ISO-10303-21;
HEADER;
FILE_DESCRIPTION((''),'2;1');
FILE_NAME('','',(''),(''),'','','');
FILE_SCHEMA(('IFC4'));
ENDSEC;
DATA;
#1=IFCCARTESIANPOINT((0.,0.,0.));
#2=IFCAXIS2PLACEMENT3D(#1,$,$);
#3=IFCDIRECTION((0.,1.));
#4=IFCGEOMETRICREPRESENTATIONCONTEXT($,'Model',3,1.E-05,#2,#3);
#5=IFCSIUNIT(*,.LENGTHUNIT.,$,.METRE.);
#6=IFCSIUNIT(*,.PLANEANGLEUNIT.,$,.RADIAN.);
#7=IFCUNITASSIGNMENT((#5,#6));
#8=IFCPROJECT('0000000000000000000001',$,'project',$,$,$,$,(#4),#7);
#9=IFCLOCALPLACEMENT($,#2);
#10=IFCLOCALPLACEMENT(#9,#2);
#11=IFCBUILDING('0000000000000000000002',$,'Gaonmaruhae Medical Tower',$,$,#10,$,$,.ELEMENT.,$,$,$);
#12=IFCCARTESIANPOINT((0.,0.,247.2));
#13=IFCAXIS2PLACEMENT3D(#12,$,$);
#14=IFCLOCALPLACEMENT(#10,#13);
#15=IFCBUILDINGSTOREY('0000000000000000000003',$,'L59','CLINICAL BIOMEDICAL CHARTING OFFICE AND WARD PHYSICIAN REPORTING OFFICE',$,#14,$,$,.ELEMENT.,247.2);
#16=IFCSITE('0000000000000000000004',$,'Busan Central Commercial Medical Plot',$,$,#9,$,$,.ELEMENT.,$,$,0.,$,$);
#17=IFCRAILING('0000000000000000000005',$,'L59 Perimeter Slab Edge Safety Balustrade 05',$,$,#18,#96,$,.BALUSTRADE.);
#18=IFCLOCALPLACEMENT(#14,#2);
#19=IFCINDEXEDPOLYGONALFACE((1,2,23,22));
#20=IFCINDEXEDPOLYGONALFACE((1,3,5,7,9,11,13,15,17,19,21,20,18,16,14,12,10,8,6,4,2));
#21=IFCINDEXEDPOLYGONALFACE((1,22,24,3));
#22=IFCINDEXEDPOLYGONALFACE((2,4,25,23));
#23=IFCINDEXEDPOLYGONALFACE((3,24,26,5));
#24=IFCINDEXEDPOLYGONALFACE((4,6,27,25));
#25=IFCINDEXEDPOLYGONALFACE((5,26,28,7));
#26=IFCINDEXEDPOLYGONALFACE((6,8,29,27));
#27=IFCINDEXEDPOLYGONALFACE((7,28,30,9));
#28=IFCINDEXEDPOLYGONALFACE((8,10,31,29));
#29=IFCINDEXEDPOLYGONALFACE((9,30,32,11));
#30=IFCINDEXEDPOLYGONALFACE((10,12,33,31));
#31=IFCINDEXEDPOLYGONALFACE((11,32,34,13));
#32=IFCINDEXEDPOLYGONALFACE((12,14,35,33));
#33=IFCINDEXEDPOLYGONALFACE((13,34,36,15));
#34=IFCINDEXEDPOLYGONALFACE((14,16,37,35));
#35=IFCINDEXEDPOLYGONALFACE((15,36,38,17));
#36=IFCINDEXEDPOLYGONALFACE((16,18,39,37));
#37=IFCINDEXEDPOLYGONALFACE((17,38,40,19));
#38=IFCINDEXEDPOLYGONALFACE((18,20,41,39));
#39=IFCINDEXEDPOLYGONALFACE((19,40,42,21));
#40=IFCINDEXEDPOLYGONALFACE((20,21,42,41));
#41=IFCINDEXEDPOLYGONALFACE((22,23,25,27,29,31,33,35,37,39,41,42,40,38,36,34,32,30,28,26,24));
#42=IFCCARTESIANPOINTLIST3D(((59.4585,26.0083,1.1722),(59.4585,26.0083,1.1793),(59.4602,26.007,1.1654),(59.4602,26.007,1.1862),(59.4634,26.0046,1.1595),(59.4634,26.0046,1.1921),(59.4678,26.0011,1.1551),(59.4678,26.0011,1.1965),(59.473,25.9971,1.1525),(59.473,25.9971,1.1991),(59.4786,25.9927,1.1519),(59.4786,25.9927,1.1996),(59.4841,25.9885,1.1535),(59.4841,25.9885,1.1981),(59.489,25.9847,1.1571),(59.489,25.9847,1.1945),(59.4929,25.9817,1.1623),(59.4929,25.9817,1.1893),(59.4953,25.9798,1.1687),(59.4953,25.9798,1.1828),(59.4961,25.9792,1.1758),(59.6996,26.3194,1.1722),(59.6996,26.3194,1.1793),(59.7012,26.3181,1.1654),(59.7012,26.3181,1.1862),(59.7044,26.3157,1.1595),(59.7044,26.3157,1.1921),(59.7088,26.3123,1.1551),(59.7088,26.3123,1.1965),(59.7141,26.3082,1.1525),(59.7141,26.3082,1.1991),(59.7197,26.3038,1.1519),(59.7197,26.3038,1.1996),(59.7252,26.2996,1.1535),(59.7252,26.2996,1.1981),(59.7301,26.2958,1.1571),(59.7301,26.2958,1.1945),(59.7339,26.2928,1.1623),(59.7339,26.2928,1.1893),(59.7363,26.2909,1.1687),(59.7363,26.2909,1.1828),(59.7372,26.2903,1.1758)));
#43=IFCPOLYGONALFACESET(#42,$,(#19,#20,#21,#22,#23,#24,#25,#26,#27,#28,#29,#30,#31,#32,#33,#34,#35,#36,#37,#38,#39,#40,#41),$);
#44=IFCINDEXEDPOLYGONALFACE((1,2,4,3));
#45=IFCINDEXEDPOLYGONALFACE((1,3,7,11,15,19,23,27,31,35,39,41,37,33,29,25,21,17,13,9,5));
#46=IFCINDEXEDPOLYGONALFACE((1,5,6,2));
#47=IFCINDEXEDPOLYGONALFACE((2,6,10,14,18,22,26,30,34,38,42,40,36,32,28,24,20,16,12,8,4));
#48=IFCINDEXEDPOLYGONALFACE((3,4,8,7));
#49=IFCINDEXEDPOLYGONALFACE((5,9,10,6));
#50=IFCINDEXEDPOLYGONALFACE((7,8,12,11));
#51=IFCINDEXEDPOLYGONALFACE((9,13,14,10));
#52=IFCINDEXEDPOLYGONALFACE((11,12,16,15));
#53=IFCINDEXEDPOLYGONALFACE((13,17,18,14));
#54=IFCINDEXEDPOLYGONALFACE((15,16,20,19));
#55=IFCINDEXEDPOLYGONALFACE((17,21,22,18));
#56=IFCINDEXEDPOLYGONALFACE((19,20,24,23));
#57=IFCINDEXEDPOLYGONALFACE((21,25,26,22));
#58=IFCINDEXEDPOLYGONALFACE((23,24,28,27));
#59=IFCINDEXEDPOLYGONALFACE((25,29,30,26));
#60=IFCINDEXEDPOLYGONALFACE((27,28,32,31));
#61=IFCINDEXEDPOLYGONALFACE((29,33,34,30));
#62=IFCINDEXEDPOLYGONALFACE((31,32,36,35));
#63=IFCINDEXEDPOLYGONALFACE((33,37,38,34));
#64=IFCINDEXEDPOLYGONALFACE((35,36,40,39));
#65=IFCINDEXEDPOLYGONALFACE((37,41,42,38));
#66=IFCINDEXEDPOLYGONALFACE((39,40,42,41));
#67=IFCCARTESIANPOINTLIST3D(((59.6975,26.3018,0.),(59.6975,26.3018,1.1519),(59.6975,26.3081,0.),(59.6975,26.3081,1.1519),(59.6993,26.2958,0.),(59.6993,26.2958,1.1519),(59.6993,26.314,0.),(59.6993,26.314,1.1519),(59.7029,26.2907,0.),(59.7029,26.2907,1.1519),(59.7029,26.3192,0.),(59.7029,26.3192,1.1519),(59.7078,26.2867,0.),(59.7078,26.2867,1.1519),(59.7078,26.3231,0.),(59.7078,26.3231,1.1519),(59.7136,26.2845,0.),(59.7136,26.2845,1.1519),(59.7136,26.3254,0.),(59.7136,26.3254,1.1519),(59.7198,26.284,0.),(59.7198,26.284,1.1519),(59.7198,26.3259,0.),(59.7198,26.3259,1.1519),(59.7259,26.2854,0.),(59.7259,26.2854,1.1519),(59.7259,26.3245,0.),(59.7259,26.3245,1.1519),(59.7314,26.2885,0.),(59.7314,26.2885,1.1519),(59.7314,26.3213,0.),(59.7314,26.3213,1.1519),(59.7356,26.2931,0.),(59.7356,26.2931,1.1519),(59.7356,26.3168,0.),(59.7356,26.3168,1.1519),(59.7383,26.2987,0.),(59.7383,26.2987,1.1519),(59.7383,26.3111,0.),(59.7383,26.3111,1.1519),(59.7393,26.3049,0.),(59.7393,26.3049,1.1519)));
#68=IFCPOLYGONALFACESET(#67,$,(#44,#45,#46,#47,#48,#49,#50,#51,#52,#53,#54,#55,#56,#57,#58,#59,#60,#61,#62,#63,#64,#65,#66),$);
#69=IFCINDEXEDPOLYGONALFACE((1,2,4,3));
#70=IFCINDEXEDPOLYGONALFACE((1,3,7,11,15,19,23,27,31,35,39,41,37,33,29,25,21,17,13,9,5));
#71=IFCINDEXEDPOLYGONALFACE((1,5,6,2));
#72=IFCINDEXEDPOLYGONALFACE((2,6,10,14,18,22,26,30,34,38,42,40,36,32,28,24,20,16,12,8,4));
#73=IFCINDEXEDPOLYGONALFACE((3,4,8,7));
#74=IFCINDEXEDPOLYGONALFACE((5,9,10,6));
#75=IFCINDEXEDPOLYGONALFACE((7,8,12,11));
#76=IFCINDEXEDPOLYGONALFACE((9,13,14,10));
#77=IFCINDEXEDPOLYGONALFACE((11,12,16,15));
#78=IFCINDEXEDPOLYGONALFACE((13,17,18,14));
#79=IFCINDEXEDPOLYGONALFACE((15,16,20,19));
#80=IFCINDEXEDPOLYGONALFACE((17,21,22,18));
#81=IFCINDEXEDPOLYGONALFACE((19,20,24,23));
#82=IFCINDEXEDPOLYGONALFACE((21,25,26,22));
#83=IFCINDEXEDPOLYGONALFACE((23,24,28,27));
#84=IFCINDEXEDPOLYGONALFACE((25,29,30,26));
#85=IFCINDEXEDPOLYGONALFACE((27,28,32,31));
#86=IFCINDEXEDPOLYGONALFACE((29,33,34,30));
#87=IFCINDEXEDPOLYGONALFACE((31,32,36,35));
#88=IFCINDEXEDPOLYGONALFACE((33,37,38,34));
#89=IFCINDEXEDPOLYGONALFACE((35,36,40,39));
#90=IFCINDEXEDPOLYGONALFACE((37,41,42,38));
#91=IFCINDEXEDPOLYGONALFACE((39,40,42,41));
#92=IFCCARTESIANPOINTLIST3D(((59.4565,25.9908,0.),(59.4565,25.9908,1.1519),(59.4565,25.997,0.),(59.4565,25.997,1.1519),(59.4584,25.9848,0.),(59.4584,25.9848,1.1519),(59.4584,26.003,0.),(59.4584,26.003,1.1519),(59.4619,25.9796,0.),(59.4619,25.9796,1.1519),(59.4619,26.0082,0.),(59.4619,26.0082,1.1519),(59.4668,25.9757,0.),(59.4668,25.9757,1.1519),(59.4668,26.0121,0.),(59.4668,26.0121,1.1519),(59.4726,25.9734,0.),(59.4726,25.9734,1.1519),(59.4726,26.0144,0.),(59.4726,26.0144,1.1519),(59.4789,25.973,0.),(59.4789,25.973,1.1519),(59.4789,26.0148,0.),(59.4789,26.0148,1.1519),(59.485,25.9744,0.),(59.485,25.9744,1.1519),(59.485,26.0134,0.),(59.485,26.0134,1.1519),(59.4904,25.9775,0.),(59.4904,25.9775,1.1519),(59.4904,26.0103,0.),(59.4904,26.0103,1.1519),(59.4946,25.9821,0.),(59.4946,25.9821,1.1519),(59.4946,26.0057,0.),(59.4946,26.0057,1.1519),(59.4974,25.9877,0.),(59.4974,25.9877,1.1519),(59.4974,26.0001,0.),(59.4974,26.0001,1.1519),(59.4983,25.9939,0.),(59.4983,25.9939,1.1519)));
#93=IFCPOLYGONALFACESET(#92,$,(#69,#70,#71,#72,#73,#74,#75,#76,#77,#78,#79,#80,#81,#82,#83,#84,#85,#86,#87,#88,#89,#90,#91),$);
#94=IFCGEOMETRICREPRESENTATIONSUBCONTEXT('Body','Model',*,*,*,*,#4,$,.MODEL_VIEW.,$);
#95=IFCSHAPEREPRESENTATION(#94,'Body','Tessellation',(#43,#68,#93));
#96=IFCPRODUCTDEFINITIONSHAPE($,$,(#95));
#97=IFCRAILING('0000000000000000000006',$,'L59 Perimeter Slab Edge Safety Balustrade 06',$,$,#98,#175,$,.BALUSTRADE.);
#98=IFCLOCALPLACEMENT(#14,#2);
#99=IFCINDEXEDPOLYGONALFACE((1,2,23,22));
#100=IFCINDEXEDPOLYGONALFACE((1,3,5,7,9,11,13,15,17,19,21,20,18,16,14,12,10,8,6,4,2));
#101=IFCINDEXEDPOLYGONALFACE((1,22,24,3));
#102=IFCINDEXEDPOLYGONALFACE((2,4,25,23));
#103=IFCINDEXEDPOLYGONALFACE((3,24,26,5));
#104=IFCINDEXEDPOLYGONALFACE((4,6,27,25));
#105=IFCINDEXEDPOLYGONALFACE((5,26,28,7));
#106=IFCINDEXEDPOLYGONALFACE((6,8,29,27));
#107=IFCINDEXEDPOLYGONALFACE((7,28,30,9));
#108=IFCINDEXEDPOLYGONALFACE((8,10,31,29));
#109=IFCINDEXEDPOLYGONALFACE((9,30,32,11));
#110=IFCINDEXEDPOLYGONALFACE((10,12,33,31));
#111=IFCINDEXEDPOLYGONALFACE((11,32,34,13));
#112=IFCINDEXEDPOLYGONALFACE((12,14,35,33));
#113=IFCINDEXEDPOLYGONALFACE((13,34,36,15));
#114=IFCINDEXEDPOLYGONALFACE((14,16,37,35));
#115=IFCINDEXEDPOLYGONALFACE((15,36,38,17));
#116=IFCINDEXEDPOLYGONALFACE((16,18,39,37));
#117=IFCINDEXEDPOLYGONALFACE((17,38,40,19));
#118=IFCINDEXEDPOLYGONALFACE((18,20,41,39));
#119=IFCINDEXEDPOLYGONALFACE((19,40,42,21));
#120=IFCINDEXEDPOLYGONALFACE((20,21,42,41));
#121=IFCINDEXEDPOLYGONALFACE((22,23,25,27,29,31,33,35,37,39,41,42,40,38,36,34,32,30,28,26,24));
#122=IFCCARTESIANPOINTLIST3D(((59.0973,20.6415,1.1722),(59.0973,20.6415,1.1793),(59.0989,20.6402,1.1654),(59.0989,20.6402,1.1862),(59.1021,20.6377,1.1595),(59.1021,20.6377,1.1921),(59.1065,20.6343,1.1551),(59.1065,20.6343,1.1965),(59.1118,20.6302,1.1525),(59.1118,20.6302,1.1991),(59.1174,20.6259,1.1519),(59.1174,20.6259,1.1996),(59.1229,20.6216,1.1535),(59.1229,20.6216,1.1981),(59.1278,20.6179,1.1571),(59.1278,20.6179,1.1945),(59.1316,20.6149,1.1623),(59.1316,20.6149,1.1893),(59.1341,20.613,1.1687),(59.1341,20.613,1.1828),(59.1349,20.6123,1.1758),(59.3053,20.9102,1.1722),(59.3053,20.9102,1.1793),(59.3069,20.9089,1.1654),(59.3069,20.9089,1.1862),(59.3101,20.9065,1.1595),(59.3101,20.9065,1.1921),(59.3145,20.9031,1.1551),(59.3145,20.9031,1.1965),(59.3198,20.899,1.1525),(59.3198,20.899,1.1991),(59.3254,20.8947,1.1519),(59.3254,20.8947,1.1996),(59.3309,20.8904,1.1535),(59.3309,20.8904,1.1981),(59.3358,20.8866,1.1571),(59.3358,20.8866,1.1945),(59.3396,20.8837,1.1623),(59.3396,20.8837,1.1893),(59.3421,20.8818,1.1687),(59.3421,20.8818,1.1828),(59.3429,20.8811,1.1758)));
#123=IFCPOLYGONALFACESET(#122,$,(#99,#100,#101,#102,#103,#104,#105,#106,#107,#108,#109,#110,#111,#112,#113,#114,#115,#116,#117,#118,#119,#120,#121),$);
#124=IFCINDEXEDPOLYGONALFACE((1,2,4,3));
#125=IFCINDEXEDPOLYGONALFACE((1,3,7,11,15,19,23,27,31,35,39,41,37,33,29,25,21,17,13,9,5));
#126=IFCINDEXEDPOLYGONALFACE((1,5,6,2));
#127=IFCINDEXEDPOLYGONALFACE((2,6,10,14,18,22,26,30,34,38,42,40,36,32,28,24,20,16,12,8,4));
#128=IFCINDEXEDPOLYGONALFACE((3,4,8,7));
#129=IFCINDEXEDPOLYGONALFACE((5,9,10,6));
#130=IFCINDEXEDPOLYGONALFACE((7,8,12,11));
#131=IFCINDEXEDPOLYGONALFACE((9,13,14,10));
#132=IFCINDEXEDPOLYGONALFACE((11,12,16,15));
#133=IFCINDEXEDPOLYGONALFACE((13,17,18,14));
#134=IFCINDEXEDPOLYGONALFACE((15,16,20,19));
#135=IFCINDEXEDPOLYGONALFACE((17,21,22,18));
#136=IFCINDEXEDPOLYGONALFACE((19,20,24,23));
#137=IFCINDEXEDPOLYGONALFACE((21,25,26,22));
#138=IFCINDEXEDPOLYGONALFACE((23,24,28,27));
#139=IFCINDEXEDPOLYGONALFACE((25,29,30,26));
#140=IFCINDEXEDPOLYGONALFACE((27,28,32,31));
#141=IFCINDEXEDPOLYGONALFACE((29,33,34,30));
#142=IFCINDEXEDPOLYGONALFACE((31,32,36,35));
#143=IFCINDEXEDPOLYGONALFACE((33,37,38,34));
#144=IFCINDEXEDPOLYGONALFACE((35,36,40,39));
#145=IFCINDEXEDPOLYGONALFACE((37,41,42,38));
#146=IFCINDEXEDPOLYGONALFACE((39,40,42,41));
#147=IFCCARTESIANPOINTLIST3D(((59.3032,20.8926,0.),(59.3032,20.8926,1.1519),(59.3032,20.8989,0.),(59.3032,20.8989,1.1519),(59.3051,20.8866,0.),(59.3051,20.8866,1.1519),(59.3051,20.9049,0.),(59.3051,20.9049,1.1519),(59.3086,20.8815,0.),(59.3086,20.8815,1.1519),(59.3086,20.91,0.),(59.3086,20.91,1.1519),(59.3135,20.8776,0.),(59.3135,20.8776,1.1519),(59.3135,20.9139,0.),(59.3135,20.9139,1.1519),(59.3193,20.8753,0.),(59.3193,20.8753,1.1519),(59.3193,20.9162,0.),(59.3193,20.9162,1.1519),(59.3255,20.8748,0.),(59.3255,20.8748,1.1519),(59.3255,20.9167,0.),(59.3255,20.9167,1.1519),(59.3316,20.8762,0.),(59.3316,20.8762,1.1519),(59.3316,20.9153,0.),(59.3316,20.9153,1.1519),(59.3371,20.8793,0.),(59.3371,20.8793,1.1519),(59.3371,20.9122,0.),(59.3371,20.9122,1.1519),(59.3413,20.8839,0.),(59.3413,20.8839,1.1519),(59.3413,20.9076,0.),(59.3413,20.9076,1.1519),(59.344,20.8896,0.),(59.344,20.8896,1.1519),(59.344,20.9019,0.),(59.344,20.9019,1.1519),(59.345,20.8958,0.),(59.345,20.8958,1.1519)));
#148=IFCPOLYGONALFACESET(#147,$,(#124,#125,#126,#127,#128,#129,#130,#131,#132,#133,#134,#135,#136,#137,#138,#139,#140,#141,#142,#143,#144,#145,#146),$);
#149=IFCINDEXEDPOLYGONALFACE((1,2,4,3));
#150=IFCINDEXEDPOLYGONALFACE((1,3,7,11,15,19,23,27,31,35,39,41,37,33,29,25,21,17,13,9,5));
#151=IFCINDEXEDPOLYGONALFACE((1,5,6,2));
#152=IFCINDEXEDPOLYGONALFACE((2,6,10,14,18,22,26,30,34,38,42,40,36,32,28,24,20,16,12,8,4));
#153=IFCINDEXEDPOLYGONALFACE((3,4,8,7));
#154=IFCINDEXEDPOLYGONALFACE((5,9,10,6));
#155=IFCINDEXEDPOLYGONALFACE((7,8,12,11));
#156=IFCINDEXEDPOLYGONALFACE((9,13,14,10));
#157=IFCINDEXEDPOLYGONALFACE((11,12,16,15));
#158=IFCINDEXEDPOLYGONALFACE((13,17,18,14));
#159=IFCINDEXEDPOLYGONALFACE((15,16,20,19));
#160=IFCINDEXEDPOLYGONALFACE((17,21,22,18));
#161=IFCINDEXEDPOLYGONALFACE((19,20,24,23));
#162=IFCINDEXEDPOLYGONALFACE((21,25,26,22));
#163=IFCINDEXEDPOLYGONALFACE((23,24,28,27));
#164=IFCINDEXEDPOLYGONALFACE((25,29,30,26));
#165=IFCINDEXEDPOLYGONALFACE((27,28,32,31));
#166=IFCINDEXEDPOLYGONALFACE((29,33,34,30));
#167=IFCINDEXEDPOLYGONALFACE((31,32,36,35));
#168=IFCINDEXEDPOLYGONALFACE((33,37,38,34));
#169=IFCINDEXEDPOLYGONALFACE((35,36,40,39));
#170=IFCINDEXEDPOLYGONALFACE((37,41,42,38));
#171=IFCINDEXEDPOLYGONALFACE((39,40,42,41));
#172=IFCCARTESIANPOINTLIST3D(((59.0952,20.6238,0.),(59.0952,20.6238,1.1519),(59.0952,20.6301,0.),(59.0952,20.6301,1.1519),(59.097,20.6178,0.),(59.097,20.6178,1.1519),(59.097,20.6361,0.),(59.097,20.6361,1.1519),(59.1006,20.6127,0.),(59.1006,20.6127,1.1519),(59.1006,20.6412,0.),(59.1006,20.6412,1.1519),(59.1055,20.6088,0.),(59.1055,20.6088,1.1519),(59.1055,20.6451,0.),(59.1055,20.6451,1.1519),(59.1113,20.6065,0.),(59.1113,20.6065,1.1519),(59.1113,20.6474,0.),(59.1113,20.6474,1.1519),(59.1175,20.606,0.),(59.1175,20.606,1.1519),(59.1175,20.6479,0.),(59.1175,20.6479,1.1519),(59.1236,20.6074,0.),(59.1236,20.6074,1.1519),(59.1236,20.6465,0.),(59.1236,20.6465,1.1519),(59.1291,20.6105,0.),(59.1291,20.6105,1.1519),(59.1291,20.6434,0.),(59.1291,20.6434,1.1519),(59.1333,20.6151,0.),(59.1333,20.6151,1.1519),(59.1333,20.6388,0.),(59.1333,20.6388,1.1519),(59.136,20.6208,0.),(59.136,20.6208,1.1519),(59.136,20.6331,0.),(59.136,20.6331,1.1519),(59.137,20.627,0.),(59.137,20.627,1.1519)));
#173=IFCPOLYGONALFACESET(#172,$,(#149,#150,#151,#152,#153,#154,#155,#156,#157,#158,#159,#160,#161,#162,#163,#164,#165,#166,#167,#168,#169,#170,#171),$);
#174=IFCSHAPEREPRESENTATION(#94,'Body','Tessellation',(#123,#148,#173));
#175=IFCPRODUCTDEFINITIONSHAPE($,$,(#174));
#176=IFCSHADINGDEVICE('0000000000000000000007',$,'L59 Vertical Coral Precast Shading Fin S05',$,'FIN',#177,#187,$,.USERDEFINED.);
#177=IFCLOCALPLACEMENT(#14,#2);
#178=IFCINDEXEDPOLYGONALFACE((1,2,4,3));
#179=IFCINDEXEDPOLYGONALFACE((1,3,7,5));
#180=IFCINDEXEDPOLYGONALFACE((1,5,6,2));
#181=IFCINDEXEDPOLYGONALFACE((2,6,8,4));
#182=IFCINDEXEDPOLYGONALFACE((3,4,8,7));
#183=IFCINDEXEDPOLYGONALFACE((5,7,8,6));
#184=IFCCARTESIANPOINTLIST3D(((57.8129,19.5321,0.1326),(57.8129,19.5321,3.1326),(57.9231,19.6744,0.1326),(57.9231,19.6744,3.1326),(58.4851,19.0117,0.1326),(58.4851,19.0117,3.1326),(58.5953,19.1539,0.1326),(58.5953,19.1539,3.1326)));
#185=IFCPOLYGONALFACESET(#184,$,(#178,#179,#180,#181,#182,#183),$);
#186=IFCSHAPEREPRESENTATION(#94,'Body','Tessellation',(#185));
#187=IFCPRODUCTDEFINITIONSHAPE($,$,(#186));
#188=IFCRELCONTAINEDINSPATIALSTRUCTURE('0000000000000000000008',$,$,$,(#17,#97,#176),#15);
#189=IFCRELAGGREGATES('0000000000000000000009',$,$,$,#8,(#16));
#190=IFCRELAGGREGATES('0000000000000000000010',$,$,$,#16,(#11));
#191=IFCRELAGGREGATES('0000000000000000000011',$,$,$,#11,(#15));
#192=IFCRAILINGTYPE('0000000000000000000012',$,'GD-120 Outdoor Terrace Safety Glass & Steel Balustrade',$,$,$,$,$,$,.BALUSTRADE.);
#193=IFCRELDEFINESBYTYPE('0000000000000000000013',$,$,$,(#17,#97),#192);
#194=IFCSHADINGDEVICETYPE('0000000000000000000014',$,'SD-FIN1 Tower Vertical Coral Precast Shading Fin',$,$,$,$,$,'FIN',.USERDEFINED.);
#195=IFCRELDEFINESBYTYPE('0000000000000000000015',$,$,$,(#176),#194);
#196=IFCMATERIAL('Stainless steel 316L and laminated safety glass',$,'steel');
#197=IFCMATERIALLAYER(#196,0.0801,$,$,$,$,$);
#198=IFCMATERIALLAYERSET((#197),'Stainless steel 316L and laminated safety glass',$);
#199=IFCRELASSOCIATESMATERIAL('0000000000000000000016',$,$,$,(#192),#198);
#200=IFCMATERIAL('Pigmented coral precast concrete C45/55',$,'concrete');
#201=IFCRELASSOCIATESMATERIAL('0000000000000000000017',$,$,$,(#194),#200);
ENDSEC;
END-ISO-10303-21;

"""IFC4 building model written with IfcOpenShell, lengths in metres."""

from ifc_helpers import new_model, si_unit, direction, frame, origin, origin_2d, place, context, subcontext, project, spatial, rectangle, circle, extrude, material, layer, layer_set, type_object, element, save


model = new_model("IFC4")

# Units and contexts
model_context = context("Model", 3, precision=1e-05, world=origin(), true_north=direction((0.0, 1.0)))
body_context = subcontext(model_context, "Body", "Model", "MODEL_VIEW")
ifc_project = project(units=[si_unit("LENGTHUNIT", "METRE"), si_unit("PLANEANGLEUNIT", "RADIAN")], contexts=[model_context])

# Site, building, storey
site_placement = place(None, origin())
site = spatial("IfcSite", under=ifc_project, at=site_placement, Name="Busan Central Commercial Medical Plot", CompositionType="ELEMENT", RefElevation=0.0)
building_placement = place(site_placement, origin())
building = spatial("IfcBuilding", under=site, at=building_placement, Name="Gaonmaruhae Medical Tower", CompositionType="ELEMENT")
storey_placement = place(building_placement, frame((0.0, 0.0, 247.2)))
storey = spatial("IfcBuildingStorey", under=building, at=storey_placement, Name="L59", Description="CLINICAL BIOMEDICAL CHARTING OFFICE AND WARD PHYSICIAN REPORTING OFFICE", CompositionType="ELEMENT", Elevation=247.2)

# Railings
ifc_material_1 = material(Name="Stainless steel 316L and laminated safety glass", Category="steel")
ifc_layer_1 = layer(ifc_material_1, 0.0801)
ifc_layer_set_1 = layer_set([ifc_layer_1], Name="Stainless steel 316L and laminated safety glass")
railing_type = type_object("IfcRailingType", Name="GD-120 Outdoor Terrace Safety Glass & Steel Balustrade", PredefinedType="BALUSTRADE", material=ifc_layer_set_1)
railing_1_placement = place(storey_placement, frame((59.7183, 26.3049, 0.0)))
element("IfcRailing", 1, at=railing_1_placement, inside=storey, type_object=railing_type, Name="L59 Perimeter Slab Edge Safety Balustrade 05", PredefinedType="BALUSTRADE", context=body_context, shape_type="SweptSolid", body=[
    extrude(circle(Radius=0.0239, at=origin_2d()), frame((0.0, 0.0, 1.1758), z_axis=(-0.612436, -0.79052, 0.0), x_axis=(0.79052, -0.612436, 0.0)), (0.0, 0.0, 1.0), 0.3936),
    extrude(circle(Radius=0.021, at=origin_2d()), origin(), (0.0, 0.0, 1.0), 1.1519),
    extrude(circle(Radius=0.021, at=origin_2d()), frame((-0.241, -0.311, 0.0)), (0.0, 0.0, 1.0), 1.1519),
])
railing_2_placement = place(storey_placement, frame((59.324, 20.8958, 0.0)))
element("IfcRailing", 2, at=railing_2_placement, inside=storey, type_object=railing_type, Name="L59 Perimeter Slab Edge Safety Balustrade 06", PredefinedType="BALUSTRADE", context=body_context, shape_type="SweptSolid", body=[
    extrude(circle(Radius=0.0239, at=origin_2d()), frame((0.0, 0.0, 1.1758), z_axis=(-0.611999, -0.790858, 0.0), x_axis=(0.790858, -0.611999, 0.0)), (0.0, 0.0, 1.0), 0.3398),
    extrude(circle(Radius=0.021, at=origin_2d()), origin(), (0.0, 0.0, 1.0), 1.1519),
    extrude(circle(Radius=0.021, at=origin_2d()), frame((-0.208, -0.2688, 0.0)), (0.0, 0.0, 1.0), 1.1519),
])

# Shading device
ifc_material_2 = material(Name="Pigmented coral precast concrete C45/55", Category="concrete")
shading_device_type = type_object("IfcShadingDeviceType", Name="SD-FIN1 Tower Vertical Coral Precast Shading Fin", ElementType="FIN", PredefinedType="USERDEFINED", material=ifc_material_2)
shading_device_placement = place(storey_placement, frame((58.2041, 19.343, 0.1326), z_axis=(0.0, 0.0, 1.0), x_axis=(-0.612217, -0.79069, 0.0)))
element("IfcShadingDevice", 3, at=shading_device_placement, inside=storey, type_object=shading_device_type, Name="L59 Vertical Coral Precast Shading Fin S05", ObjectType="FIN", PredefinedType="USERDEFINED", context=body_context, shape_type="SweptSolid", body=[
    extrude(rectangle(XDim=0.1799, YDim=0.8501, at=origin_2d()), origin(), (0.0, 0.0, 1.0), 3.0),
])

save(model, "model.ifc")
